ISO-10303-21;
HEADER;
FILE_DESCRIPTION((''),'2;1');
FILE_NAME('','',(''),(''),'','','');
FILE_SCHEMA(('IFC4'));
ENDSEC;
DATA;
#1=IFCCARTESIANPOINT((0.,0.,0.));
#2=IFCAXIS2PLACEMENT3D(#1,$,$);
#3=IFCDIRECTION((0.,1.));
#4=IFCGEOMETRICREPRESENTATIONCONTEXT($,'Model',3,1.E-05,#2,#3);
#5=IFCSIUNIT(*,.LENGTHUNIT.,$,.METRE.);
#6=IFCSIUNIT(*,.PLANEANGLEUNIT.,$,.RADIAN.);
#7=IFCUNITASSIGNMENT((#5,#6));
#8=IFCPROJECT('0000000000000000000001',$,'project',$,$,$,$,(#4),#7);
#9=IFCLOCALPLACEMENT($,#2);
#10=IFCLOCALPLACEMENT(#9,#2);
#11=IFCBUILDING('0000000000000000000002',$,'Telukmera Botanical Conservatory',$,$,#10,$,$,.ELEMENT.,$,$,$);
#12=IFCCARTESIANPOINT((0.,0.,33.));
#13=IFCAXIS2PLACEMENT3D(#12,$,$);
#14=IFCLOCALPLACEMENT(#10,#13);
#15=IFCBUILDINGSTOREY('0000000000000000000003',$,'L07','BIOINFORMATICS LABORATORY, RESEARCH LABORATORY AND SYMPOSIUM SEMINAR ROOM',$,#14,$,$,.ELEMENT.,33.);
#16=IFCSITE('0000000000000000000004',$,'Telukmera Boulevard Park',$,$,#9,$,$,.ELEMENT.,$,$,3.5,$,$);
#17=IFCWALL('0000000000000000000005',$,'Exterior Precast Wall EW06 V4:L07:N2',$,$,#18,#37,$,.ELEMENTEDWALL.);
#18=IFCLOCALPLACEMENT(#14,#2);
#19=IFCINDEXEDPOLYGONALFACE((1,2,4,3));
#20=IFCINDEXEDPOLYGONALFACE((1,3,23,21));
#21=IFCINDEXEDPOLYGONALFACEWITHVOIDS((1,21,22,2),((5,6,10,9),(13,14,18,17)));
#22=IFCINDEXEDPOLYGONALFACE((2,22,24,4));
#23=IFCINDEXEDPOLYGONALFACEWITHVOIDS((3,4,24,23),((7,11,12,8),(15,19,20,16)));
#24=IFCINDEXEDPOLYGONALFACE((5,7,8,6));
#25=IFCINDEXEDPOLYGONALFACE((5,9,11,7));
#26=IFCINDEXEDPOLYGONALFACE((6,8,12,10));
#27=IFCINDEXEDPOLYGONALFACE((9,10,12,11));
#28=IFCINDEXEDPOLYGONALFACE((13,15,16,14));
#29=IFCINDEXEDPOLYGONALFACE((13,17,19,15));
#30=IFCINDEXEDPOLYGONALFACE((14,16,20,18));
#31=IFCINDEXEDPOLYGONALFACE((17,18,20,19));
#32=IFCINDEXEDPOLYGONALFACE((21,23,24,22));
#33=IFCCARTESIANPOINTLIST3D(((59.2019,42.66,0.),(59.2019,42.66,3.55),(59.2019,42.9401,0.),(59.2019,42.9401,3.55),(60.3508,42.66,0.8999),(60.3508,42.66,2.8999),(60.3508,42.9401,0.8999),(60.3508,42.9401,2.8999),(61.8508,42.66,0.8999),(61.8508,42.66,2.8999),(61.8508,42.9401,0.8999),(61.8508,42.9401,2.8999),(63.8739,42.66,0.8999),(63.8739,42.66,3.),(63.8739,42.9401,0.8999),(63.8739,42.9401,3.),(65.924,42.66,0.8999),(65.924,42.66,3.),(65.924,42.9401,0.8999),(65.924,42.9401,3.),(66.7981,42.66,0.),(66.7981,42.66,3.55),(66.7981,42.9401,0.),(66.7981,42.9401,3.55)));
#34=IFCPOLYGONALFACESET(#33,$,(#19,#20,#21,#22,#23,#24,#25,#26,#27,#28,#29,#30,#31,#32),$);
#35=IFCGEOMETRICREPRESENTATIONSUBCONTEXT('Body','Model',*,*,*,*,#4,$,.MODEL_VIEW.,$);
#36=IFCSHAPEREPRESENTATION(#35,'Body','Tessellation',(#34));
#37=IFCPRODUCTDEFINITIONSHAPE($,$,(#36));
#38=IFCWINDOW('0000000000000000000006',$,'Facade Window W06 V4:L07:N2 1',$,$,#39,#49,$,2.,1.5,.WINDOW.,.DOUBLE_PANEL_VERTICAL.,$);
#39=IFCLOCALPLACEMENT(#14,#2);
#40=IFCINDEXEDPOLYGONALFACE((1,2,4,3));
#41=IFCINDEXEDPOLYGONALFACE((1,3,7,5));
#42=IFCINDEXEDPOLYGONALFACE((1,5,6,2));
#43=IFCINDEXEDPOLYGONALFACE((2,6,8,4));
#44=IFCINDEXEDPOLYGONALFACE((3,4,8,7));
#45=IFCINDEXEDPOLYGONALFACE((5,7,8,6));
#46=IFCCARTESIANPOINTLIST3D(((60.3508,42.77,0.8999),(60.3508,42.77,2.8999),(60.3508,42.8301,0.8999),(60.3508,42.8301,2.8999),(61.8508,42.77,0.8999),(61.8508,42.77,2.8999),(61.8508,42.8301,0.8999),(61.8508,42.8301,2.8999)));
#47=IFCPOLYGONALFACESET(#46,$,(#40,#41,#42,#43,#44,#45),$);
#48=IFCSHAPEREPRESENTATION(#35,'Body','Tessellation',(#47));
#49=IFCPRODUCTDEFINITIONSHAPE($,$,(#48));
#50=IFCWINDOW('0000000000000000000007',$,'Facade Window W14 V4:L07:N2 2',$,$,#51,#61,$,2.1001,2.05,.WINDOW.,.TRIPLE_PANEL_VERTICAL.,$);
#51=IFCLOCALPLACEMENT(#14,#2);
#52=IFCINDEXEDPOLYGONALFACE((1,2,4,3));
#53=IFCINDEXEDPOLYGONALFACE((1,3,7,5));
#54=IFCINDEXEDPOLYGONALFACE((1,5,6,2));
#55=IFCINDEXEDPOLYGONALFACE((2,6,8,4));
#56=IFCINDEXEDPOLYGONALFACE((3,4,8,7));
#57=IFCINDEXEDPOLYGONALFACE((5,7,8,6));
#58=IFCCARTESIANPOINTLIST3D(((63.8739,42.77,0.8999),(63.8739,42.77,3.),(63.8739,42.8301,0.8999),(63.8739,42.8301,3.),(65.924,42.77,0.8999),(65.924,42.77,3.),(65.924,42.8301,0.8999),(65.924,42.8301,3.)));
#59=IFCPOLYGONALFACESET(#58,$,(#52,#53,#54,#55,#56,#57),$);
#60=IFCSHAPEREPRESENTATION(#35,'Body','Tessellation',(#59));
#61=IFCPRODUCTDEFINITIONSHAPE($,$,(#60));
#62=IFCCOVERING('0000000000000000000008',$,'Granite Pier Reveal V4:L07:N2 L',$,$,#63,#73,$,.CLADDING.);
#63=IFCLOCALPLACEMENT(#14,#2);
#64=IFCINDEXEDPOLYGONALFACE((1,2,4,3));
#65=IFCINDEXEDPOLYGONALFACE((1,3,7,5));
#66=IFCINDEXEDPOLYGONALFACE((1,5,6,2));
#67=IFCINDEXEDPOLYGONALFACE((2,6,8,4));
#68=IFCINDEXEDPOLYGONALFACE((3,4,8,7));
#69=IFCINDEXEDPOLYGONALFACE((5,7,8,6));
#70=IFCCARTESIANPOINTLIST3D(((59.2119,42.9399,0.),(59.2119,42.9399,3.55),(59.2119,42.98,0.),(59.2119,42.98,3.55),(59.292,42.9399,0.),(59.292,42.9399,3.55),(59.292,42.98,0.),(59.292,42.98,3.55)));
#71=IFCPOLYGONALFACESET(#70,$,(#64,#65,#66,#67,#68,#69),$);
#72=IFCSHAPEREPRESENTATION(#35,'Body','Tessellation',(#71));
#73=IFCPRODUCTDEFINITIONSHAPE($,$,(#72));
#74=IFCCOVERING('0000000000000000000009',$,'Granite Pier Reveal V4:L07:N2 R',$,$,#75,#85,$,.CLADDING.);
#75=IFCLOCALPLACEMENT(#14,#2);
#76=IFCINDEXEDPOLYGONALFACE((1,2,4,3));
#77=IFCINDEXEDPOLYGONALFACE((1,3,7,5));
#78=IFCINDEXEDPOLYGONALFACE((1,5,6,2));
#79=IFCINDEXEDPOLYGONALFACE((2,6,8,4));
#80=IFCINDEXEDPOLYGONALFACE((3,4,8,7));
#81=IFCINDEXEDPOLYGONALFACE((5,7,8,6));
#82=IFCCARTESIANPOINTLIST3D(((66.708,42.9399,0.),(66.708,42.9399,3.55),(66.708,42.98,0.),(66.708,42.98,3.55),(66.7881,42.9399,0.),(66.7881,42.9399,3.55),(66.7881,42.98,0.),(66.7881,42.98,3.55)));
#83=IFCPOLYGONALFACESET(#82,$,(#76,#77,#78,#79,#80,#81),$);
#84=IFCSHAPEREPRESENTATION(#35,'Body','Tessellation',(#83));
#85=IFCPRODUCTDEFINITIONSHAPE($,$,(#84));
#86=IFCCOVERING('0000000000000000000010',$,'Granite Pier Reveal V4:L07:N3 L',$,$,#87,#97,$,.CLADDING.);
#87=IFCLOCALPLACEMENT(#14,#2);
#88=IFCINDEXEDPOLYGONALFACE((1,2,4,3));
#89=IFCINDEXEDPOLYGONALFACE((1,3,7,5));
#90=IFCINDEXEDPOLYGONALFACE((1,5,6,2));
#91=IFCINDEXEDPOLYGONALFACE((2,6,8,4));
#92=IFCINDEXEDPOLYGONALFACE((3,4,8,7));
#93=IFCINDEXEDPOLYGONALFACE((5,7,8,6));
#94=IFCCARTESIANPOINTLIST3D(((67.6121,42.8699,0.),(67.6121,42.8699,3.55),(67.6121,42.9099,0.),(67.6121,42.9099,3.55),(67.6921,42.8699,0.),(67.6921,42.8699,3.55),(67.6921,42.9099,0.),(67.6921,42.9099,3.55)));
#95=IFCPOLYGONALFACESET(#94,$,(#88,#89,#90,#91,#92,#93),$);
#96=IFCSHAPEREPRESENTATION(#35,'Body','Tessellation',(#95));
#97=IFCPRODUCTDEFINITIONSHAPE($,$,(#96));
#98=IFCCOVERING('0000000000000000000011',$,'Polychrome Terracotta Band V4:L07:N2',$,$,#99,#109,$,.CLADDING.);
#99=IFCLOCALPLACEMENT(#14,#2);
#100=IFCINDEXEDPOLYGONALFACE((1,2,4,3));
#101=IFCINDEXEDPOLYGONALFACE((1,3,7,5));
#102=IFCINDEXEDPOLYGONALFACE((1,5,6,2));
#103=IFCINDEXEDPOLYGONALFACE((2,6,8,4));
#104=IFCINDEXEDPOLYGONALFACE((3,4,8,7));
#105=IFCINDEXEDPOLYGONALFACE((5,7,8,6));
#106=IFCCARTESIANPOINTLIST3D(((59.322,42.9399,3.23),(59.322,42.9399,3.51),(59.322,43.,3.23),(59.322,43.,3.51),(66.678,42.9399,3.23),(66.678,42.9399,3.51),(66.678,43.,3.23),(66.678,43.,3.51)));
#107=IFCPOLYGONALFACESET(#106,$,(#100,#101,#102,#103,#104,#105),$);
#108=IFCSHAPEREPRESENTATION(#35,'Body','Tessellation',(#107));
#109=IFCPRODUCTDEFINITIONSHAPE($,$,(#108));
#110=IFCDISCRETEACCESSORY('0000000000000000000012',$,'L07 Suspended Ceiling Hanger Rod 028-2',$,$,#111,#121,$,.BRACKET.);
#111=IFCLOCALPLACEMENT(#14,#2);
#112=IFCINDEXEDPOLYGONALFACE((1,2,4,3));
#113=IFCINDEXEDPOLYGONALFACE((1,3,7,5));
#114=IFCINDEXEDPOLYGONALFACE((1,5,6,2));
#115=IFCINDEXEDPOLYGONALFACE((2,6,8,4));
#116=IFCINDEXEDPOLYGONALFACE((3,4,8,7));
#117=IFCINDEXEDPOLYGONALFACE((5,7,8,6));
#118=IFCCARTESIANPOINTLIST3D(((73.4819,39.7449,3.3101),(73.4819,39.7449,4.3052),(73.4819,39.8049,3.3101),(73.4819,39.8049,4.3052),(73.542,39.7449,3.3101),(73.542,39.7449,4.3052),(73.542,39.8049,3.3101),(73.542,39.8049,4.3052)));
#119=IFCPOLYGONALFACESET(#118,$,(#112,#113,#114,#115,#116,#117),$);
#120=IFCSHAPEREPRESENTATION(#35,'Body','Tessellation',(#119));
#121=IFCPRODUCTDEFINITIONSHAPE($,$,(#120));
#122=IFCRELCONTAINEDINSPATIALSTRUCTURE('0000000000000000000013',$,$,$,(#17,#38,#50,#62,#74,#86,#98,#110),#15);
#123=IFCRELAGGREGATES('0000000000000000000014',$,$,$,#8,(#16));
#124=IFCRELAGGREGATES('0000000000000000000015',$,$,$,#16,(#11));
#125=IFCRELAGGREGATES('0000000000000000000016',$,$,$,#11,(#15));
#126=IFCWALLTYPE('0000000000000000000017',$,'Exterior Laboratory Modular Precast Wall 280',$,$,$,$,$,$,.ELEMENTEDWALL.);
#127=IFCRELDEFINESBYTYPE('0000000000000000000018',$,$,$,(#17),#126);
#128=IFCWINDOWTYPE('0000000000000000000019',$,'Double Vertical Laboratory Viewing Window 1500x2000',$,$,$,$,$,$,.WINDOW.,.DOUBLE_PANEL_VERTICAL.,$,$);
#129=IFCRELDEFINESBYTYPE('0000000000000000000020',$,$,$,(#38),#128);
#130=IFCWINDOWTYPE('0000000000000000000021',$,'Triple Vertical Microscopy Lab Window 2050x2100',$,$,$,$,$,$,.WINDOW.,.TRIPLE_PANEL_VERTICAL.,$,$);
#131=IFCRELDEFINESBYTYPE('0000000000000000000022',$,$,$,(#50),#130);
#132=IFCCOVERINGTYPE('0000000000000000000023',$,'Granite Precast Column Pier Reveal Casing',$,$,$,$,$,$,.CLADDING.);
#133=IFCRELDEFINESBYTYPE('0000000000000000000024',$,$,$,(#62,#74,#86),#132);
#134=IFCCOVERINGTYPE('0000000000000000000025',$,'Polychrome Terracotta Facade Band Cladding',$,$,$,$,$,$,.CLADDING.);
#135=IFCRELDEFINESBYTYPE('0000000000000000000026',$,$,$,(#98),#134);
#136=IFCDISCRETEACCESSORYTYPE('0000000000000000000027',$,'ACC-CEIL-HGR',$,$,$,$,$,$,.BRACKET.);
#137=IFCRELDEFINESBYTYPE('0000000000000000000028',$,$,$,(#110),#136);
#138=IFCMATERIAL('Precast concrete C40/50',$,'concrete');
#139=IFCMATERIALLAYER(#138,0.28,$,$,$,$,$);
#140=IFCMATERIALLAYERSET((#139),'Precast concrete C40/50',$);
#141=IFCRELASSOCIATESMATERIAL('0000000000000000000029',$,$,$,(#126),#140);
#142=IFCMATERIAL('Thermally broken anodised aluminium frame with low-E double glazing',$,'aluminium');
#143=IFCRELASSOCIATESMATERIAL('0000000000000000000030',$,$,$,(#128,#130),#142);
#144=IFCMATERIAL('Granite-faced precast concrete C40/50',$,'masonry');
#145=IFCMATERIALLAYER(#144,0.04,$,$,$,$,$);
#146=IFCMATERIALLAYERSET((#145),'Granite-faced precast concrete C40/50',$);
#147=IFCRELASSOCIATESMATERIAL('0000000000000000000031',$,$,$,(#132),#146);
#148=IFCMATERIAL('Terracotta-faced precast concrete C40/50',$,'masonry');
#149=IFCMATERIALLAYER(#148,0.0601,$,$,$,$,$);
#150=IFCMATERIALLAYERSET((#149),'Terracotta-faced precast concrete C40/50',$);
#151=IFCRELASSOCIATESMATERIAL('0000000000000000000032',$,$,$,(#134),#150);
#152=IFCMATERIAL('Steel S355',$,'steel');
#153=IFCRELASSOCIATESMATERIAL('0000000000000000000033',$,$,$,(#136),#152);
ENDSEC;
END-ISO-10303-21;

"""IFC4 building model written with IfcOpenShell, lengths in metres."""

from ifc_helpers import new_model, si_unit, direction, frame, frame_2d, origin, origin_2d, place, context, subcontext, project, spatial, rectangle, extrude, material, layer, layer_set, type_object, element, fill, save


model = new_model("IFC4")

# Units and contexts
model_context = context("Model", 3, precision=1e-05, world=origin(), true_north=direction((0.0, 1.0)))
body_context = subcontext(model_context, "Body", "Model", "MODEL_VIEW")
ifc_project = project(units=[si_unit("LENGTHUNIT", "METRE"), si_unit("PLANEANGLEUNIT", "RADIAN")], contexts=[model_context])

# Site, building, storey
site_placement = place(None, origin())
site = spatial("IfcSite", under=ifc_project, at=site_placement, Name="Telukmera Boulevard Park", CompositionType="ELEMENT", RefElevation=3.5)
building_placement = place(site_placement, origin())
building = spatial("IfcBuilding", under=site, at=building_placement, Name="Telukmera Botanical Conservatory", CompositionType="ELEMENT")
storey_placement = place(building_placement, frame((0.0, 0.0, 33.0)))
storey = spatial("IfcBuildingStorey", under=building, at=storey_placement, Name="L07", Description="BIOINFORMATICS LABORATORY, RESEARCH LABORATORY AND SYMPOSIUM SEMINAR ROOM", CompositionType="ELEMENT", Elevation=33.0)

# Shared definitions
ifc_material_1 = material(Name="Precast concrete C40/50", Category="concrete")

# Wall, openings, windows
ifc_layer_1 = layer(ifc_material_1, 0.28)
ifc_layer_set_1 = layer_set([ifc_layer_1], Name="Precast concrete C40/50")
wall_type = type_object("IfcWallType", Name="Exterior Laboratory Modular Precast Wall 280", PredefinedType="ELEMENTEDWALL", material=ifc_layer_set_1)
wall_placement = place(storey_placement, frame((59.2019, 42.8, 0.0), z_axis=(0.0, 0.0, 1.0), x_axis=(1.0, 0.0, 0.0)))
wall = element("IfcWall", 1, at=wall_placement, inside=storey, type_object=wall_type, Name="Exterior Precast Wall EW06 V4:L07:N2", PredefinedType="ELEMENTEDWALL", context=body_context, shape_type="SweptSolid", body=[
    extrude(rectangle(XDim=7.5962, YDim=0.28, at=frame_2d((3.7981, 0.0))), origin(), (0.0, 0.0, 1.0), 3.55),
])
opening_1_placement = place(wall_placement, frame((1.1489, 0.0, 0.8999)))
opening_1 = element("IfcOpeningElement", 2, at=opening_1_placement, cuts=wall, PredefinedType="OPENING", context=body_context, shape_type="SweptSolid", body=[
    extrude(rectangle(XDim=1.5, YDim=2.0, at=frame_2d((0.75, 1.0))), frame((0.0, 0.1499, 0.0), z_axis=(0.0, -1.0, 0.0), x_axis=(1.0, 0.0, 0.0)), (0.0, 0.0, 1.0), 0.3),
])
opening_2_placement = place(wall_placement, frame((4.6721, 0.0, 0.8999)))
opening_2 = element("IfcOpeningElement", 3, at=opening_2_placement, cuts=wall, PredefinedType="OPENING", context=body_context, shape_type="SweptSolid", body=[
    extrude(rectangle(XDim=2.05, YDim=2.1001, at=frame_2d((1.0249, 1.05))), frame((0.0, 0.1499, 0.0), z_axis=(0.0, -1.0, 0.0), x_axis=(1.0, 0.0, 0.0)), (0.0, 0.0, 1.0), 0.3),
])
ifc_material_2 = material(Name="Thermally broken anodised aluminium frame with low-E double glazing", Category="aluminium")
window_type_1 = type_object("IfcWindowType", Name="Double Vertical Laboratory Viewing Window 1500x2000", PartitioningType="DOUBLE_PANEL_VERTICAL", PredefinedType="WINDOW", material=ifc_material_2)
window_1_placement = place(opening_1_placement, origin())
window_1 = element("IfcWindow", 4, at=window_1_placement, inside=storey, type_object=window_type_1, Name="Facade Window W06 V4:L07:N2 1", OverallHeight=2.0, OverallWidth=1.5, PartitioningType="DOUBLE_PANEL_VERTICAL", PredefinedType="WINDOW", context=body_context, shape_type="SweptSolid", body=[
    extrude(rectangle(XDim=1.5, YDim=2.0, at=frame_2d((0.75, 1.0))), frame((0.0, 0.03, 0.0), z_axis=(0.0, -1.0, 0.0), x_axis=(1.0, 0.0, 0.0)), (0.0, 0.0, 1.0), 0.0601),
])
fill(opening_1, window_1)
window_type_2 = type_object("IfcWindowType", Name="Triple Vertical Microscopy Lab Window 2050x2100", PartitioningType="TRIPLE_PANEL_VERTICAL", PredefinedType="WINDOW", material=ifc_material_2)
window_2_placement = place(opening_2_placement, origin())
window_2 = element("IfcWindow", 5, at=window_2_placement, inside=storey, type_object=window_type_2, Name="Facade Window W14 V4:L07:N2 2", OverallHeight=2.1001, OverallWidth=2.05, PartitioningType="TRIPLE_PANEL_VERTICAL", PredefinedType="WINDOW", context=body_context, shape_type="SweptSolid", body=[
    extrude(rectangle(XDim=2.05, YDim=2.1001, at=frame_2d((1.0249, 1.05))), frame((0.0, 0.03, 0.0), z_axis=(0.0, -1.0, 0.0), x_axis=(1.0, 0.0, 0.0)), (0.0, 0.0, 1.0), 0.0601),
])
fill(opening_2, window_2)

# Coverings
ifc_material_3 = material(Name="Granite-faced precast concrete C40/50", Category="masonry")
ifc_layer_2 = layer(ifc_material_3, 0.04)
ifc_layer_set_2 = layer_set([ifc_layer_2], Name="Granite-faced precast concrete C40/50")
covering_type_1 = type_object("IfcCoveringType", Name="Granite Precast Column Pier Reveal Casing", PredefinedType="CLADDING", material=ifc_layer_set_2)
for number, where, z_axis, x_axis, name in (
    (6, (59.252, 42.96, 0.0), (0.0, 0.0, 1.0), (1.0, 0.0, 0.0), "Granite Pier Reveal V4:L07:N2 L"),
    (7, (66.748, 42.96, 0.0), (0.0, 0.0, 1.0), (1.0, 0.0, 0.0), "Granite Pier Reveal V4:L07:N2 R"),
    (8, (67.6521, 42.8899, 0.0), (0.0, 0.0, 1.0), (1.0, 0.0, 0.0), "Granite Pier Reveal V4:L07:N3 L"),
):
    element("IfcCovering", number, at=place(storey_placement, frame(where, z_axis=z_axis, x_axis=x_axis)), inside=storey, type_object=covering_type_1, Name=name, PredefinedType="CLADDING", context=body_context, shape_type="SweptSolid", body=[
        extrude(rectangle(XDim=0.0801, YDim=0.04, at=origin_2d()), origin(), (0.0, 0.0, 1.0), 3.55),
    ])
ifc_material_4 = material(Name="Terracotta-faced precast concrete C40/50", Category="masonry")
ifc_layer_3 = layer(ifc_material_4, 0.0601)
ifc_layer_set_3 = layer_set([ifc_layer_3], Name="Terracotta-faced precast concrete C40/50")
covering_type_2 = type_object("IfcCoveringType", Name="Polychrome Terracotta Facade Band Cladding", PredefinedType="CLADDING", material=ifc_layer_set_3)
covering_placement = place(storey_placement, frame((63.0, 42.97, 3.23), z_axis=(0.0, 0.0, 1.0), x_axis=(1.0, 0.0, 0.0)))
element("IfcCovering", 9, at=covering_placement, inside=storey, type_object=covering_type_2, Name="Polychrome Terracotta Band V4:L07:N2", PredefinedType="CLADDING", context=body_context, shape_type="SweptSolid", body=[
    extrude(rectangle(XDim=7.356, YDim=0.0601, at=origin_2d()), origin(), (0.0, 0.0, 1.0), 0.28),
])

# Discrete accessory
ifc_material_5 = material(Name="Steel S355", Category="steel")
discrete_accessory_type = type_object("IfcDiscreteAccessoryType", Name="ACC-CEIL-HGR", PredefinedType="BRACKET", material=ifc_material_5)
discrete_accessory_placement = place(storey_placement, frame((73.512, 39.7749, 3.3101), z_axis=(0.0, 0.0, 1.0), x_axis=(1.0, 0.0, 0.0)))
element("IfcDiscreteAccessory", 10, at=discrete_accessory_placement, inside=storey, type_object=discrete_accessory_type, Name="L07 Suspended Ceiling Hanger Rod 028-2", PredefinedType="BRACKET", context=body_context, shape_type="SweptSolid", body=[
    extrude(rectangle(XDim=0.0601, YDim=0.0601, at=origin_2d()), origin(), (0.0, 0.0, 1.0), 0.9951),
])

save(model, "model.ifc")
